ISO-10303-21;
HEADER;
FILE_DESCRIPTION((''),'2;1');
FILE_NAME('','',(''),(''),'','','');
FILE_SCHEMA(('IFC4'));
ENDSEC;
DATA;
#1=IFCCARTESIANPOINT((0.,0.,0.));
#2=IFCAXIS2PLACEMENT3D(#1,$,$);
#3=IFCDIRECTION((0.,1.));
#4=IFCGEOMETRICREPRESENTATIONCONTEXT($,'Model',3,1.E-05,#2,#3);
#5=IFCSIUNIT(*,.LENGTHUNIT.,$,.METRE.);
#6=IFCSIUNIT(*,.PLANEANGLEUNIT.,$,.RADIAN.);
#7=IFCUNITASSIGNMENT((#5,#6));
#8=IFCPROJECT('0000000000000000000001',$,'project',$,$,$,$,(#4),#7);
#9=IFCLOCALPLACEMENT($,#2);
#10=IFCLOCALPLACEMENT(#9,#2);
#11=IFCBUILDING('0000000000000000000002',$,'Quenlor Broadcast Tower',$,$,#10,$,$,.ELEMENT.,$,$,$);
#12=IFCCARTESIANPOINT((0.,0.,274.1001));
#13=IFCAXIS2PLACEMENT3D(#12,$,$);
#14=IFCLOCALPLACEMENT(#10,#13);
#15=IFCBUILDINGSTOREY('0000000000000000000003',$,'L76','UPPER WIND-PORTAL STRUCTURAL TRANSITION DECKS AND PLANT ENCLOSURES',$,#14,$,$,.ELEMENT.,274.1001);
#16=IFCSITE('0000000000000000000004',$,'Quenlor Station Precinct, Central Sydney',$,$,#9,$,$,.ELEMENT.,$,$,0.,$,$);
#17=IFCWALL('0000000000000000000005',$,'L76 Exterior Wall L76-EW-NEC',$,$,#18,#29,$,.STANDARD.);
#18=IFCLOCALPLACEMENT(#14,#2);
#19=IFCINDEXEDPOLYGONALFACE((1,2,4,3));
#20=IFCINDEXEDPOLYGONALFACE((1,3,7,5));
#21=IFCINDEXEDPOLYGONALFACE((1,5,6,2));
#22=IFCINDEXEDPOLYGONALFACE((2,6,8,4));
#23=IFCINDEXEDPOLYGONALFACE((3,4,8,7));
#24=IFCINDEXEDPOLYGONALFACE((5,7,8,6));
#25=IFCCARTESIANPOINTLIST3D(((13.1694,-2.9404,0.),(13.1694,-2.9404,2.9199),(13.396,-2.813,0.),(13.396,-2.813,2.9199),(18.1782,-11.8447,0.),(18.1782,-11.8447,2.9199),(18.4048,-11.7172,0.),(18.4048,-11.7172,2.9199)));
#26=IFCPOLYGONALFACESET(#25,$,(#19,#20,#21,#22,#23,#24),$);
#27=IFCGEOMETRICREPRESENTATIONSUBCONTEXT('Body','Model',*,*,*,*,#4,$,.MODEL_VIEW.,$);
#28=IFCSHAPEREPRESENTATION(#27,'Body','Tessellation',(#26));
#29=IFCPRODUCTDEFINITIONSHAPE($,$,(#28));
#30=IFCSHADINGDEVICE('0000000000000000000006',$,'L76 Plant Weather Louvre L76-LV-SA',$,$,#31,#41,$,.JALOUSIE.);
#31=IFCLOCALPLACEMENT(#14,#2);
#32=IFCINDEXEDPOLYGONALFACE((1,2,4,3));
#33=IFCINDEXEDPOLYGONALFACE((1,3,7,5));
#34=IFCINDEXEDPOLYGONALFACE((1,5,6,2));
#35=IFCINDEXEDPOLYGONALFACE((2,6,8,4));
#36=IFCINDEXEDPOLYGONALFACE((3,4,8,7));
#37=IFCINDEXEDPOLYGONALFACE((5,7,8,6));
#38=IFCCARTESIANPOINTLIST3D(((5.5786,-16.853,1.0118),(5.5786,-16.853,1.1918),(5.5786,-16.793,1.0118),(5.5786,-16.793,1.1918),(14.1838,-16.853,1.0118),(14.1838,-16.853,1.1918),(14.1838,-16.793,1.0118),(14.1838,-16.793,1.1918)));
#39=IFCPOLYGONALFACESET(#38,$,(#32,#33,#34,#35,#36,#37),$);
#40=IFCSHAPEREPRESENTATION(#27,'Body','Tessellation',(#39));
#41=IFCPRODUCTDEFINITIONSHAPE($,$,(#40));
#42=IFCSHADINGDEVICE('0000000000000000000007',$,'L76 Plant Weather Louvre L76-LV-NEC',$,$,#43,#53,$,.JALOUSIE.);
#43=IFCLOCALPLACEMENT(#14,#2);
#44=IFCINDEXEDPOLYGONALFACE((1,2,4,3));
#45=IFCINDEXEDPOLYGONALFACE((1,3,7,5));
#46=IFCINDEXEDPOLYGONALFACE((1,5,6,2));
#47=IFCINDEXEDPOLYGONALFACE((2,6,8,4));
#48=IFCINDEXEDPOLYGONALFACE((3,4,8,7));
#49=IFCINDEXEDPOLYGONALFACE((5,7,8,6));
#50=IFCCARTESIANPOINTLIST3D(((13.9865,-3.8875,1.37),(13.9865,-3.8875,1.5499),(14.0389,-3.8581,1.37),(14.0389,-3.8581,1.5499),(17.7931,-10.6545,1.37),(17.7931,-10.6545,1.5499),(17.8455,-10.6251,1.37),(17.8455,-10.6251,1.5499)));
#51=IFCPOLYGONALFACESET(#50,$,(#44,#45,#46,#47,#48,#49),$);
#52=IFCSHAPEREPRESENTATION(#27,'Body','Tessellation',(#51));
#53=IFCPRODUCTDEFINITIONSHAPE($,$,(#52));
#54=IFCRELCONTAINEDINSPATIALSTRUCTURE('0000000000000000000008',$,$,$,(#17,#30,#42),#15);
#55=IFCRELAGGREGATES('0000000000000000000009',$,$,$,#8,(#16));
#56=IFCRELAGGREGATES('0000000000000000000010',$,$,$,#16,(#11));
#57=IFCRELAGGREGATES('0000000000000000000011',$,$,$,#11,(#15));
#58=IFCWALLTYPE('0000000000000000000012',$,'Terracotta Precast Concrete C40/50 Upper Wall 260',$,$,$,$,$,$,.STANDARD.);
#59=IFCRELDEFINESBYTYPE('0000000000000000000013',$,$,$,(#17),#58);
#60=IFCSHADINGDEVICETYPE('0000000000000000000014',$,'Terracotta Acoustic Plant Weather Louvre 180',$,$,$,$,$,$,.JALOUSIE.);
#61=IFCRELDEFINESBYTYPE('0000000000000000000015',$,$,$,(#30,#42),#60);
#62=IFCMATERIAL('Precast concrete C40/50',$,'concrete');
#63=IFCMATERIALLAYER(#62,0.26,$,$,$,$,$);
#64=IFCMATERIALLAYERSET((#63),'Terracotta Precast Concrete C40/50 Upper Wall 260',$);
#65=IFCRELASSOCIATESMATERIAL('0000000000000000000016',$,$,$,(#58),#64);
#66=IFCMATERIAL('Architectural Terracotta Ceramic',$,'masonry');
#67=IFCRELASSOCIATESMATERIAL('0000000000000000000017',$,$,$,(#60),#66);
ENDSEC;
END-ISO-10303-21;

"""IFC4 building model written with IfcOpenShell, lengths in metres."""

from ifc_helpers import new_model, si_unit, direction, frame, frame_2d, origin, origin_2d, place, context, subcontext, project, spatial, rectangle, extrude, material, layer, layer_set, material_profile, profile_set, type_object, element, save


model = new_model("IFC4")

# Units and contexts
model_context = context("Model", 3, precision=1e-05, world=origin(), true_north=direction((0.0, 1.0)))
body_context = subcontext(model_context, "Body", "Model", "MODEL_VIEW")
ifc_project = project(units=[si_unit("LENGTHUNIT", "METRE"), si_unit("PLANEANGLEUNIT", "RADIAN")], contexts=[model_context])

# Site, building, storey
site_placement = place(None, origin())
site = spatial("IfcSite", under=ifc_project, at=site_placement, Name="Quenlor Station Precinct, Central Sydney", CompositionType="ELEMENT", RefElevation=0.0)
building_placement = place(site_placement, origin())
building = spatial("IfcBuilding", under=site, at=building_placement, Name="Quenlor Broadcast Tower", CompositionType="ELEMENT")
storey_placement = place(building_placement, frame((0.0, 0.0, 274.1001)))
storey = spatial("IfcBuildingStorey", under=building, at=storey_placement, Name="L76", Description="UPPER WIND-PORTAL STRUCTURAL TRANSITION DECKS AND PLANT ENCLOSURES", CompositionType="ELEMENT", Elevation=274.1001)

# Wall
ifc_material_1 = material(Name="Precast concrete C40/50", Category="concrete")
ifc_layer_1 = layer(ifc_material_1, 0.26)
ifc_layer_set_1 = layer_set([ifc_layer_1], Name="Terracotta Precast Concrete C40/50 Upper Wall 260")
wall_type_1 = type_object("IfcWallType", Name="Terracotta Precast Concrete C40/50 Upper Wall 260", PredefinedType="STANDARD", material=ifc_layer_set_1)
wall_1_placement = place(storey_placement, frame((13.2827, -2.8767, 0.0), z_axis=(0.0, 0.0, 1.0), x_axis=(0.49027, -0.87157, 0.0)))
element("IfcWall", 1, at=wall_1_placement, inside=storey, type_object=wall_type_1, Name="L76 Exterior Wall L76-EW-NEC", PredefinedType="STANDARD", context=body_context, shape_type="SweptSolid", body=[
    extrude(rectangle(XDim=10.2163, YDim=0.26, at=frame_2d((5.1082, 0.0))), origin(), (0.0, 0.0, 1.0), 2.9199),
])

# Shading devices
ifc_material_2 = material(Name="Architectural Terracotta Ceramic", Category="masonry")
ifc_material_profile_1 = material_profile(ifc_material_2, rectangle(XDim=0.0601, YDim=0.1799, at=origin_2d()))
ifc_profile_set_1 = profile_set([ifc_material_profile_1], Name="Architectural Terracotta Ceramic LVR60x180")
shading_device_type = type_object("IfcShadingDeviceType", Name="Terracotta Acoustic Plant Weather Louvre 180", PredefinedType="JALOUSIE", material=ifc_profile_set_1)
shading_device_1_placement = place(storey_placement, frame((14.1838, -16.823, 1.1018), z_axis=(-1.0, 0.0, 0.0), x_axis=(0.0, -1.0, 0.0)))
element("IfcShadingDevice", 2, at=shading_device_1_placement, inside=storey, type_object=shading_device_type, Name="L76 Plant Weather Louvre L76-LV-SA", PredefinedType="JALOUSIE", context=body_context, shape_type="SweptSolid", body=[
    extrude(rectangle(XDim=0.0601, YDim=0.1799, at=origin_2d()), origin(), (0.0, 0.0, 1.0), 8.6052),
])
shading_device_2_placement = place(storey_placement, frame((14.0127, -3.8728, 1.46), z_axis=(0.490276, -0.871567, 0.0), x_axis=(0.871567, 0.490276, 0.0)))
element("IfcShadingDevice", 3, at=shading_device_2_placement, inside=storey, type_object=shading_device_type, Name="L76 Plant Weather Louvre L76-LV-NEC", PredefinedType="JALOUSIE", context=body_context, shape_type="SweptSolid", body=[
    extrude(rectangle(XDim=0.0601, YDim=0.1799, at=origin_2d()), origin(), (0.0, 0.0, 1.0), 7.7642),
])

save(model, "model.ifc")
